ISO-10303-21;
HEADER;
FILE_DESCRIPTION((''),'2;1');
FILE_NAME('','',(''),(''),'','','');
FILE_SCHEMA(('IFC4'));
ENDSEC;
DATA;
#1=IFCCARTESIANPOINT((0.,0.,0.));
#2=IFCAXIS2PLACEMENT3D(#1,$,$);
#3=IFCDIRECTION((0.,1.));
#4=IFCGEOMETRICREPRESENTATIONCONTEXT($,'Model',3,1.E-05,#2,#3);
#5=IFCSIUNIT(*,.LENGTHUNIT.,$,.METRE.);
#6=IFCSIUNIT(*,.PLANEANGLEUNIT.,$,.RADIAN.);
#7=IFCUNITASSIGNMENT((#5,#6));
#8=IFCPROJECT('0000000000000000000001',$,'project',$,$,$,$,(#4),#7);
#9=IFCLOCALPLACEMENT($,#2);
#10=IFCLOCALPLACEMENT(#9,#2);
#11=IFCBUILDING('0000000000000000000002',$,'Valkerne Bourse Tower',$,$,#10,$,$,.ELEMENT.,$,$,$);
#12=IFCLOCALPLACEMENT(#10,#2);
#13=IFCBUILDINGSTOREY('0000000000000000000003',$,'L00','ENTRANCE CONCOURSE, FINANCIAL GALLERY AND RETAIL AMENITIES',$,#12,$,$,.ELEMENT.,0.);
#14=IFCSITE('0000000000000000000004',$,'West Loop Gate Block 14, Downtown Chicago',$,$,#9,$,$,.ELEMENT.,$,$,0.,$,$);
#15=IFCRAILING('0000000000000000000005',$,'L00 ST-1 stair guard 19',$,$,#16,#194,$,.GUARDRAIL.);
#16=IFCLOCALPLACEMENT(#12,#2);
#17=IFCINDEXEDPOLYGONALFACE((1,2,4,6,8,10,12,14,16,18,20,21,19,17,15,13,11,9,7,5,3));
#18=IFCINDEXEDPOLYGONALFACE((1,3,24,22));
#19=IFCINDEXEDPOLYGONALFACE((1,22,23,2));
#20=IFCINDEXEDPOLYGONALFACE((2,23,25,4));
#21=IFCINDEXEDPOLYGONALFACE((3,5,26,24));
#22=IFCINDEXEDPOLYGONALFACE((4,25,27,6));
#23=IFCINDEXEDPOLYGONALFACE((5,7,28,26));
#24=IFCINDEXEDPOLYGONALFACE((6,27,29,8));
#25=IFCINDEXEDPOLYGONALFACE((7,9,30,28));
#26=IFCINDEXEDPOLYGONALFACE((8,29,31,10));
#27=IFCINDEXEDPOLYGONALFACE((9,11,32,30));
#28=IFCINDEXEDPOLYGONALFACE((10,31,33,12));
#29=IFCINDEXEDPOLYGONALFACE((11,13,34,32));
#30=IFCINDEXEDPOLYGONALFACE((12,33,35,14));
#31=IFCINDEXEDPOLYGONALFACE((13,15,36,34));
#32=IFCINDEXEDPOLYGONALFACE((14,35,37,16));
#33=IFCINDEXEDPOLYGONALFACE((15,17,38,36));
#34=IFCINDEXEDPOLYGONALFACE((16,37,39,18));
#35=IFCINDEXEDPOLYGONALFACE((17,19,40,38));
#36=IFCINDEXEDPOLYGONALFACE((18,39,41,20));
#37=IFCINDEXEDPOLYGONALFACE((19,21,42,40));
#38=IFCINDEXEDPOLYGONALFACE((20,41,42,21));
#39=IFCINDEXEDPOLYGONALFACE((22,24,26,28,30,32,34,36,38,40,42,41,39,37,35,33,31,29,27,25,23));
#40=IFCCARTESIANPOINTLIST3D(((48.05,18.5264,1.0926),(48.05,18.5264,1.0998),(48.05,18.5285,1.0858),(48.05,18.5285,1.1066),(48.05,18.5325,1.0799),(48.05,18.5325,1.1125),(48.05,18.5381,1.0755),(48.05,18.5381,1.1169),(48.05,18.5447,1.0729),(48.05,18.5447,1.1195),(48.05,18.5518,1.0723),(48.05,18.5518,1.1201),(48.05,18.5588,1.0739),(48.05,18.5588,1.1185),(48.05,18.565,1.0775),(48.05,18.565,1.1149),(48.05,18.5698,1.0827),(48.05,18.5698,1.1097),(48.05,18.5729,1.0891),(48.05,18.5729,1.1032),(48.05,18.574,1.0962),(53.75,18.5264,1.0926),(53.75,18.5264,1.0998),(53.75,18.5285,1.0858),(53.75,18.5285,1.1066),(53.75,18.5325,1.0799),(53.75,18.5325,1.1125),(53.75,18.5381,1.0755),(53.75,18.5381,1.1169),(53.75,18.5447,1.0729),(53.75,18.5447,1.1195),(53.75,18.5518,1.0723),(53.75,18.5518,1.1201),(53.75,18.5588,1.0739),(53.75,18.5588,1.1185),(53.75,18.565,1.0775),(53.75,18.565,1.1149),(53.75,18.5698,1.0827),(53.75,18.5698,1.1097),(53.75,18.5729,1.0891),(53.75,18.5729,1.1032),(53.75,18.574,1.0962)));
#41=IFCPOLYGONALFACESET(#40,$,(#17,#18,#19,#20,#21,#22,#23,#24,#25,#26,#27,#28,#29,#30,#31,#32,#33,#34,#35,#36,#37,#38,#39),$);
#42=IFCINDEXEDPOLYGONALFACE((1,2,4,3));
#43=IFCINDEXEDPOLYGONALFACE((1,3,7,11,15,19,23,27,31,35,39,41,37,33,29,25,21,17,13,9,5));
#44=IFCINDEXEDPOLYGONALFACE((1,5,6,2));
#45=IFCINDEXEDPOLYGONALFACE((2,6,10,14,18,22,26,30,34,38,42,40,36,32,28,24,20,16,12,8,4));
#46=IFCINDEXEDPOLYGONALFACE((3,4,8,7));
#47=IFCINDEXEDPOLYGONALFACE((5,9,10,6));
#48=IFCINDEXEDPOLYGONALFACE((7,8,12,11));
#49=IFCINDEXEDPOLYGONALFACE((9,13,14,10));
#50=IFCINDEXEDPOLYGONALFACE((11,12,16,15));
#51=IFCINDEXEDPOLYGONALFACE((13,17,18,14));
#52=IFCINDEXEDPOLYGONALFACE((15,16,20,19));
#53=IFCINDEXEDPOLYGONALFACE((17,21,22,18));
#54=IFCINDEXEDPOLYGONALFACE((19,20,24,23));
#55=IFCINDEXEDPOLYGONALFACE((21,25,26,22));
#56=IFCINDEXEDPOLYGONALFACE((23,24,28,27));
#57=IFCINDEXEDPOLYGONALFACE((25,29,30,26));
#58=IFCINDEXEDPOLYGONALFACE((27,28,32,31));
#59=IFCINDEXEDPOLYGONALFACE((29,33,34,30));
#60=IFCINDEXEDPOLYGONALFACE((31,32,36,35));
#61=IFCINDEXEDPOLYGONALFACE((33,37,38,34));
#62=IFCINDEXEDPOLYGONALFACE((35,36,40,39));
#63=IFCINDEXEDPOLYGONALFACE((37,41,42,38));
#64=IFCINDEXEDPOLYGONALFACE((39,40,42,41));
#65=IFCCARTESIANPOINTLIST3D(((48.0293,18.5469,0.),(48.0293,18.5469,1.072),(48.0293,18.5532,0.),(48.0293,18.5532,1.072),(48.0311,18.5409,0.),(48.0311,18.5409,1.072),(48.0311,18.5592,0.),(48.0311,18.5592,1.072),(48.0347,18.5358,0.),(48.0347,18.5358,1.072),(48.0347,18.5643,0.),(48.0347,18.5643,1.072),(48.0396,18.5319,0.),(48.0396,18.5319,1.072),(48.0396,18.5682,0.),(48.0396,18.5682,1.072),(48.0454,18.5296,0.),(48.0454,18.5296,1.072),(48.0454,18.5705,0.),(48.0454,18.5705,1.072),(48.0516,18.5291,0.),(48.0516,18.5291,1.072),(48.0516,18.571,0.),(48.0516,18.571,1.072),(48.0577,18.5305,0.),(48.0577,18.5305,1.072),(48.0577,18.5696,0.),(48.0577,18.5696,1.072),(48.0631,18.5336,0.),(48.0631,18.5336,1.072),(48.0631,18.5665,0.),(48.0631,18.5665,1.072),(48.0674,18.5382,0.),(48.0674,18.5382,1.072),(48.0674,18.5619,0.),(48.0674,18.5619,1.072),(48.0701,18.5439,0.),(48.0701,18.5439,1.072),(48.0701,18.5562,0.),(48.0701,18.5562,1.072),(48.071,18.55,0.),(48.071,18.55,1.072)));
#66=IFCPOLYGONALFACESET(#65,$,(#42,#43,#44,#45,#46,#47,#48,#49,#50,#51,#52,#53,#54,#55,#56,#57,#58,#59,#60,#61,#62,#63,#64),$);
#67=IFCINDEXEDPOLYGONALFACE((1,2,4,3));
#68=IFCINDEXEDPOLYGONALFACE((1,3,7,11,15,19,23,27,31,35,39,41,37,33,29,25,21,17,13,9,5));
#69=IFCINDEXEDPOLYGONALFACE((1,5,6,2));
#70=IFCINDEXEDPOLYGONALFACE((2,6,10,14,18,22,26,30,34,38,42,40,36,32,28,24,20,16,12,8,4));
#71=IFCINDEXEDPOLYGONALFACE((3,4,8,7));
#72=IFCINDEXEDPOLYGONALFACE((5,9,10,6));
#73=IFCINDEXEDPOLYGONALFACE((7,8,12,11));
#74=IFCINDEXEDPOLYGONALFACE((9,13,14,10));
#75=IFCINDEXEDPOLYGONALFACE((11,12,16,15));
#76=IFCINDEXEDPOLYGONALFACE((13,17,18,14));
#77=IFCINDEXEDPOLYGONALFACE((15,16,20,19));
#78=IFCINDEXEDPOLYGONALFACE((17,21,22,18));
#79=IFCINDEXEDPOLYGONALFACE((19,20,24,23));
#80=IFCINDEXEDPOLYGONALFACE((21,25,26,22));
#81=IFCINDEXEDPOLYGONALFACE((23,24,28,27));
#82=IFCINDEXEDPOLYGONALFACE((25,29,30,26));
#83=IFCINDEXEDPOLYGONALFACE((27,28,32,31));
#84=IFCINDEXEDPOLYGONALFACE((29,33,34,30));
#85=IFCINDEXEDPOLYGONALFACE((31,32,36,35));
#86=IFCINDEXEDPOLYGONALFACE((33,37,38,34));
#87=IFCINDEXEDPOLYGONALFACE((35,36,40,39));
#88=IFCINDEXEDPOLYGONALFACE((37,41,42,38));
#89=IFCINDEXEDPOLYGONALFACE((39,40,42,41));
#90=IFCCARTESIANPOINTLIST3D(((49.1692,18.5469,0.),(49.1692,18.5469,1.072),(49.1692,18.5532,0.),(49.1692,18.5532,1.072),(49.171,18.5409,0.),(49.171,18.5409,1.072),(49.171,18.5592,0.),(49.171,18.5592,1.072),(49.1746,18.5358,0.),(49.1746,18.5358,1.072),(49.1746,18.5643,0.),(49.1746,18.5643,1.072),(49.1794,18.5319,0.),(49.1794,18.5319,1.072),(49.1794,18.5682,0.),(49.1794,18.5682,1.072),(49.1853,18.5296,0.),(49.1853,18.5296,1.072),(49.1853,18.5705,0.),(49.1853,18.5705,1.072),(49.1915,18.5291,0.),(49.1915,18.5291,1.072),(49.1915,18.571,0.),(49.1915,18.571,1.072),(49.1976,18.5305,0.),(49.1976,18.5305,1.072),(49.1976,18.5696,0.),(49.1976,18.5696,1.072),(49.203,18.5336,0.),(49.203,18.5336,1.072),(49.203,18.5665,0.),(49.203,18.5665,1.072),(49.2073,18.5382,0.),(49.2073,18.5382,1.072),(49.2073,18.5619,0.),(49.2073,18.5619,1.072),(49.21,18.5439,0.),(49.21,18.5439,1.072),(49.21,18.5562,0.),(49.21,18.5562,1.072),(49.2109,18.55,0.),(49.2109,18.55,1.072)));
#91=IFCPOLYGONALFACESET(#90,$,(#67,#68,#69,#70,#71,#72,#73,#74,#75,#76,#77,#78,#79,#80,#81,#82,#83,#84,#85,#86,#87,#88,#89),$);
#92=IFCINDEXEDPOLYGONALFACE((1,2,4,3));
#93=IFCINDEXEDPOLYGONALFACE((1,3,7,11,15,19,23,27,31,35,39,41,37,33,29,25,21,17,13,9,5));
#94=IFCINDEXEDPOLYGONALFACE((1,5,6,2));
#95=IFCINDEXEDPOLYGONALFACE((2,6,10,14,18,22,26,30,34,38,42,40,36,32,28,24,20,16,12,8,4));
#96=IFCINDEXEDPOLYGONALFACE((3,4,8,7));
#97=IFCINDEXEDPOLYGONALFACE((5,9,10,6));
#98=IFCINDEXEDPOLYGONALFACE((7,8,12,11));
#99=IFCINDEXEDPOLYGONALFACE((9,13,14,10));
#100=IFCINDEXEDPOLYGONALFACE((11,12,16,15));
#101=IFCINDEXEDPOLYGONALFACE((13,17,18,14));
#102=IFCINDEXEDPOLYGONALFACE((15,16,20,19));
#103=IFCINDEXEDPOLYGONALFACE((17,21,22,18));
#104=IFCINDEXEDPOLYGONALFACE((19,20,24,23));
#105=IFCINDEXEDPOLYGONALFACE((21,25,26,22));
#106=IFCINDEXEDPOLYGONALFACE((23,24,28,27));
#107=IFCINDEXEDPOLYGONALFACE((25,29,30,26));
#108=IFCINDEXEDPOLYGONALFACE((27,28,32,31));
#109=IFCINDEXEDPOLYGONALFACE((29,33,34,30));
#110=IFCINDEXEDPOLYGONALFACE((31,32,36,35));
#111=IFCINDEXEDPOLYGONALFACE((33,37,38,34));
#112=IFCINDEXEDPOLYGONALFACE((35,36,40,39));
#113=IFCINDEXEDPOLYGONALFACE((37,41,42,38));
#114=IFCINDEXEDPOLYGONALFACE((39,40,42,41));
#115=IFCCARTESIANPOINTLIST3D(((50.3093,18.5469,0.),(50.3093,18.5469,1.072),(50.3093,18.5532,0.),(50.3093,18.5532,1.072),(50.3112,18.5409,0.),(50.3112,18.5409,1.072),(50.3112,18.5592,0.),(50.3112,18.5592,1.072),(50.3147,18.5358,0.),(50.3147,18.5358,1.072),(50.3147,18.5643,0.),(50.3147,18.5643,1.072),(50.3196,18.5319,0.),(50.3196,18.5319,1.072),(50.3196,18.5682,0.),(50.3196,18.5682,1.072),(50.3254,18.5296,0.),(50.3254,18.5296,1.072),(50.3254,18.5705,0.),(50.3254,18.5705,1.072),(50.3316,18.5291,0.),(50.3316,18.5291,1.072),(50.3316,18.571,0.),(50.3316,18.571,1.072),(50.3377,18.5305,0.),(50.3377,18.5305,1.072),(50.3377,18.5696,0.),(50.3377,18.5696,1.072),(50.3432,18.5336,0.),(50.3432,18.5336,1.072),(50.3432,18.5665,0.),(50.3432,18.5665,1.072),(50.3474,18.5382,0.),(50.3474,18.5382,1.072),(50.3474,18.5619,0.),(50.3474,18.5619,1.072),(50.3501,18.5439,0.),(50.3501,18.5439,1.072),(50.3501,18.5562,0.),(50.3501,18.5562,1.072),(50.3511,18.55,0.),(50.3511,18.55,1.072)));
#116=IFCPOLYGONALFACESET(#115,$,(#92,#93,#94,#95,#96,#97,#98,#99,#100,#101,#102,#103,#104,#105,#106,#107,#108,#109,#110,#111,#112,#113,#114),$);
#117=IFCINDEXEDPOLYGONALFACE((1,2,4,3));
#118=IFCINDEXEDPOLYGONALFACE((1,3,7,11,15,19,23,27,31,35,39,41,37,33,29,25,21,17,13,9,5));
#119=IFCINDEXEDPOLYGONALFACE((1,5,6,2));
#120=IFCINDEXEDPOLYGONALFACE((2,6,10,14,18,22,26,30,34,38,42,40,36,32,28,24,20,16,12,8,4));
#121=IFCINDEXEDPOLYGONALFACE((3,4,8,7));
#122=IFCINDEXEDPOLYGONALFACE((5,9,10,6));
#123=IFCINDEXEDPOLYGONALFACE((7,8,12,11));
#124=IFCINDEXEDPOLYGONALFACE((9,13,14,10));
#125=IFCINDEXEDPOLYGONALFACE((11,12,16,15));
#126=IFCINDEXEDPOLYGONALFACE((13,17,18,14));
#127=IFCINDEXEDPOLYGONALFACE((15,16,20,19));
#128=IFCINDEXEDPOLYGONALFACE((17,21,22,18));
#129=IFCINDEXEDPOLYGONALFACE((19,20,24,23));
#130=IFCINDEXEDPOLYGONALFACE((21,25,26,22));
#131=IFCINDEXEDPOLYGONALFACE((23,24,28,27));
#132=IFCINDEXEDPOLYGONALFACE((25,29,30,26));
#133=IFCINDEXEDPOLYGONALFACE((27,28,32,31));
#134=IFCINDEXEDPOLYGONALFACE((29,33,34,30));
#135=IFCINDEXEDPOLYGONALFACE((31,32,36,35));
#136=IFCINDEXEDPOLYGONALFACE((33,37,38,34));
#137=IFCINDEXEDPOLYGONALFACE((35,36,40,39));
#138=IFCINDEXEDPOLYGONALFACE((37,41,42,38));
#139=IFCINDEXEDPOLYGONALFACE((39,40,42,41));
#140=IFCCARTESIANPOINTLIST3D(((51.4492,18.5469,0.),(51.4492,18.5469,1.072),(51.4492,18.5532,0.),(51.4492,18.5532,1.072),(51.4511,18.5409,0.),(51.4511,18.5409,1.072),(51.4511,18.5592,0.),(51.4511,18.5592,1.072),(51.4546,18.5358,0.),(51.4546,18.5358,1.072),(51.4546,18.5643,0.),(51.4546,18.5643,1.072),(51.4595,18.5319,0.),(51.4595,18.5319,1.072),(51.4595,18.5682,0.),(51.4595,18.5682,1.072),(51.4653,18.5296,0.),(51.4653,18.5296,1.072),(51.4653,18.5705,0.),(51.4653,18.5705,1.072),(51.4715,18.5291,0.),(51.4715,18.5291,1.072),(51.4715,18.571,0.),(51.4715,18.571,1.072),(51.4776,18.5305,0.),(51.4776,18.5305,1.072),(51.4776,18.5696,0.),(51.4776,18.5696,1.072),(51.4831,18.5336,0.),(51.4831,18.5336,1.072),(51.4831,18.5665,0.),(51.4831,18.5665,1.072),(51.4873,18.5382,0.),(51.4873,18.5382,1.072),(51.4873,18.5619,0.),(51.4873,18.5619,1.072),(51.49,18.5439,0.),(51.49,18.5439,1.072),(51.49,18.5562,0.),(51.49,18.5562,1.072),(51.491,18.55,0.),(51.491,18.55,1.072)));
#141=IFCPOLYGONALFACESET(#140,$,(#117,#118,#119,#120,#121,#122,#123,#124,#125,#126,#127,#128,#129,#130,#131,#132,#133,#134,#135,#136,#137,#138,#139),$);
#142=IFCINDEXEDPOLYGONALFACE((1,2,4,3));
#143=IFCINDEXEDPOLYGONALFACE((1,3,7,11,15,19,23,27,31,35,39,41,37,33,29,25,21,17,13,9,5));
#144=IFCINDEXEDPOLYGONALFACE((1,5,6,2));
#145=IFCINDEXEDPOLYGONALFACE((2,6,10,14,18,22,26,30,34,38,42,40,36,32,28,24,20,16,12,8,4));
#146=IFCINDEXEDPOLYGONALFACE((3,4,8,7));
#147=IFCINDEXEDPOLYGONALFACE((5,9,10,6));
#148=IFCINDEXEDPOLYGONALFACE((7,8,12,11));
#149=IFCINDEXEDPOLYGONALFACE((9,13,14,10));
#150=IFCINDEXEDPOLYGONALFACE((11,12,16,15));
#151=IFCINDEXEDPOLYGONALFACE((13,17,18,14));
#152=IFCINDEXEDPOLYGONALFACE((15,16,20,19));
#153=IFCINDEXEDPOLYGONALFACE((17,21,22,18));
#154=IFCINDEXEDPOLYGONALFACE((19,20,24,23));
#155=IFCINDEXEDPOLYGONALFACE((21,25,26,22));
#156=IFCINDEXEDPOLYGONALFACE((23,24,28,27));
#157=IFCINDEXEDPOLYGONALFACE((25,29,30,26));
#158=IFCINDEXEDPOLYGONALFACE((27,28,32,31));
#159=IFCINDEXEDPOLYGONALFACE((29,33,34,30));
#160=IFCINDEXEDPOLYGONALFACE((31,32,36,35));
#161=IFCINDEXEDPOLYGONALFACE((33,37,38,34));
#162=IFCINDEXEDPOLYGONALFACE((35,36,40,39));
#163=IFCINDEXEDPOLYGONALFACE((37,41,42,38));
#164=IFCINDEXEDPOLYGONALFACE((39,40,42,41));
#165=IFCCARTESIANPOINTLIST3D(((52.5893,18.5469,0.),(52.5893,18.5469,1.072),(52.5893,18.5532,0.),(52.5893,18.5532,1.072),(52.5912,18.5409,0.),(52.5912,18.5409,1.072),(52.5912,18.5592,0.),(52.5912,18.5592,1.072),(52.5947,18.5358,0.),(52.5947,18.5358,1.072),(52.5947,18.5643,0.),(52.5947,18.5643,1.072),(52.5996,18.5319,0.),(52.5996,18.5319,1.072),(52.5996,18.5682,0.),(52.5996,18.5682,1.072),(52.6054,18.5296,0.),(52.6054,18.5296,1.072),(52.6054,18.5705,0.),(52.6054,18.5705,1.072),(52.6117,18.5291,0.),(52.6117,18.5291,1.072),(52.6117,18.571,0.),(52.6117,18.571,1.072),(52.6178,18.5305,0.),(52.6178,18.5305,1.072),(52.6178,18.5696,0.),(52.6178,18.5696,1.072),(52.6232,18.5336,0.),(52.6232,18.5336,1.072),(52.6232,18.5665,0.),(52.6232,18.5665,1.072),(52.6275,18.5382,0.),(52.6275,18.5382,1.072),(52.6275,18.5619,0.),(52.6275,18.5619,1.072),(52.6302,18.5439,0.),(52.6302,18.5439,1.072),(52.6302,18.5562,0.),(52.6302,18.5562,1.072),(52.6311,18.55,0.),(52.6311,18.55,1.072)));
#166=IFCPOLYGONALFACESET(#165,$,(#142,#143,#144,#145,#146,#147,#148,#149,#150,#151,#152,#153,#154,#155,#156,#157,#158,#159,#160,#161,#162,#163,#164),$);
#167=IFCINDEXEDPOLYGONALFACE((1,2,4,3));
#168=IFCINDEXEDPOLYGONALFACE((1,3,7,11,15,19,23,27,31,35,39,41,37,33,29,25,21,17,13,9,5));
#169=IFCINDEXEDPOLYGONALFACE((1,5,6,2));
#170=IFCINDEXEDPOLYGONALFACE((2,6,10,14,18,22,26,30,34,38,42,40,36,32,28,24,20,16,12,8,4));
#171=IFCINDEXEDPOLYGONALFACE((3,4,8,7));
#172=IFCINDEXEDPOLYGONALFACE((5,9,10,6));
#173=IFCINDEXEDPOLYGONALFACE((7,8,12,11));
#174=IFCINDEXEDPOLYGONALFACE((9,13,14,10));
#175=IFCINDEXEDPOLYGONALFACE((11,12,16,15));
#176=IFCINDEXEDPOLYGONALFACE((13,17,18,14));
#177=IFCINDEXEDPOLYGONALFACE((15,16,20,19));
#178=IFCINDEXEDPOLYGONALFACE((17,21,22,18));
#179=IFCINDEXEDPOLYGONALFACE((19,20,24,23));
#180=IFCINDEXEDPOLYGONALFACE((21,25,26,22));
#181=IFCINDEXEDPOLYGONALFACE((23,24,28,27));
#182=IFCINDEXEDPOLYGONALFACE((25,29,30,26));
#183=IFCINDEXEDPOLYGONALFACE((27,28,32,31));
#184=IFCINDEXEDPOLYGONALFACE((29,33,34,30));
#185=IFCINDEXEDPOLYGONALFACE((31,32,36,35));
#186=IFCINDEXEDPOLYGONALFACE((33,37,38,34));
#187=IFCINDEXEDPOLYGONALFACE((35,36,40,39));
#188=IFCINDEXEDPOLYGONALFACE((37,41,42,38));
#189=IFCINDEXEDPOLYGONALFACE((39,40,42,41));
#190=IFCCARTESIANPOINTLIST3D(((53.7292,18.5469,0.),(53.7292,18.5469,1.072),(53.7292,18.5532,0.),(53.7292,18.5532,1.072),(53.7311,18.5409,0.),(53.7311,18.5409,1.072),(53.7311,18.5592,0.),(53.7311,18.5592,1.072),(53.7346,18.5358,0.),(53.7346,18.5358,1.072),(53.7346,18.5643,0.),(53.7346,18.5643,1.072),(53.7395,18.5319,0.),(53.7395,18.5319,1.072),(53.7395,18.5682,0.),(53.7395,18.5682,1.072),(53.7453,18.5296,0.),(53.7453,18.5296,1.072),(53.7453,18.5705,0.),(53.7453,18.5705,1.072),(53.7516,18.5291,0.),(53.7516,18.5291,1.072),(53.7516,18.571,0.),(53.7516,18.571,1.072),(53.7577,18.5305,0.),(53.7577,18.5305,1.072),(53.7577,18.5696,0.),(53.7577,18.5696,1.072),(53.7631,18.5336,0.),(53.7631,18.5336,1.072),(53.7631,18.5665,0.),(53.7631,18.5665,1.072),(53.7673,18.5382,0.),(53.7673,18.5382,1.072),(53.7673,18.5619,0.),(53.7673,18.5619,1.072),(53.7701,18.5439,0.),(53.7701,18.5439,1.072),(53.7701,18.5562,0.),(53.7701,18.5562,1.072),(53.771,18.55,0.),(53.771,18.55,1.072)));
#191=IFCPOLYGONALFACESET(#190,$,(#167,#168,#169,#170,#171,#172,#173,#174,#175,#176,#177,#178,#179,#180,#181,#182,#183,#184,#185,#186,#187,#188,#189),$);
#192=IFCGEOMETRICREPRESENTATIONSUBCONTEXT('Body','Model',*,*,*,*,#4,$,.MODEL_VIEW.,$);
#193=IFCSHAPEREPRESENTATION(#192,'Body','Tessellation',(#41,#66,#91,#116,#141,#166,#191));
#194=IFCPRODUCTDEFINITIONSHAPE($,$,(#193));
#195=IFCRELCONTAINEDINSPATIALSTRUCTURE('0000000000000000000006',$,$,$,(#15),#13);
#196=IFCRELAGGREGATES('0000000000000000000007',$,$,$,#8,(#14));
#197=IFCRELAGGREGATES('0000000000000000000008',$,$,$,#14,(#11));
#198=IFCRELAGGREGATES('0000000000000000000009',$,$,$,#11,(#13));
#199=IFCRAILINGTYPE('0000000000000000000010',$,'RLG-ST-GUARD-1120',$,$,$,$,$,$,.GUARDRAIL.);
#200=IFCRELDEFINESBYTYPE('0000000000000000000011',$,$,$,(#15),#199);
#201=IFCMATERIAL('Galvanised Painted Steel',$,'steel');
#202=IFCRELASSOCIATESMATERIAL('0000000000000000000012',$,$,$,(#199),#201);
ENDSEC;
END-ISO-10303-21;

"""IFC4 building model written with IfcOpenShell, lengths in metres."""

from ifc_helpers import new_model, si_unit, direction, frame, origin, origin_2d, place, context, subcontext, project, spatial, circle, extrude, material, type_object, element, save


model = new_model("IFC4")

# Units and contexts
model_context = context("Model", 3, precision=1e-05, world=origin(), true_north=direction((0.0, 1.0)))
body_context = subcontext(model_context, "Body", "Model", "MODEL_VIEW")
ifc_project = project(units=[si_unit("LENGTHUNIT", "METRE"), si_unit("PLANEANGLEUNIT", "RADIAN")], contexts=[model_context])

# Site, building, storey
site_placement = place(None, origin())
site = spatial("IfcSite", under=ifc_project, at=site_placement, Name="West Loop Gate Block 14, Downtown Chicago", CompositionType="ELEMENT", RefElevation=0.0)
building_placement = place(site_placement, origin())
building = spatial("IfcBuilding", under=site, at=building_placement, Name="Valkerne Bourse Tower", CompositionType="ELEMENT")
storey_placement = place(building_placement, origin())
storey = spatial("IfcBuildingStorey", under=building, at=storey_placement, Name="L00", Description="ENTRANCE CONCOURSE, FINANCIAL GALLERY AND RETAIL AMENITIES", CompositionType="ELEMENT", Elevation=0.0)

# Railing
ifc_material_1 = material(Name="Galvanised Painted Steel", Category="steel")
railing_type_1 = type_object("IfcRailingType", Name="RLG-ST-GUARD-1120", PredefinedType="GUARDRAIL", material=ifc_material_1)
railing_1_placement = place(storey_placement, frame((48.05, 18.55, 0.0)))
element("IfcRailing", 1, at=railing_1_placement, inside=storey, type_object=railing_type_1, Name="L00 ST-1 stair guard 19", PredefinedType="GUARDRAIL", context=body_context, shape_type="SweptSolid", body=[
    extrude(circle(Radius=0.0239, at=origin_2d()), frame((0.0, 0.0, 1.0962), z_axis=(1.0, 0.0, 0.0), x_axis=(0.0, 1.0, 0.0)), (0.0, 0.0, 1.0), 5.7),
    extrude(circle(Radius=0.021, at=origin_2d()), origin(), (0.0, 0.0, 1.0), 1.072),
    extrude(circle(Radius=0.021, at=origin_2d()), frame((1.1399, 0.0, 0.0)), (0.0, 0.0, 1.0), 1.072),
    extrude(circle(Radius=0.021, at=origin_2d()), frame((2.28, 0.0, 0.0)), (0.0, 0.0, 1.0), 1.072),
    extrude(circle(Radius=0.021, at=origin_2d()), frame((3.4199, 0.0, 0.0)), (0.0, 0.0, 1.0), 1.072),
    extrude(circle(Radius=0.021, at=origin_2d()), frame((4.5601, 0.0, 0.0)), (0.0, 0.0, 1.0), 1.072),
    extrude(circle(Radius=0.021, at=origin_2d()), frame((5.7, 0.0, 0.0)), (0.0, 0.0, 1.0), 1.072),
])

save(model, "model.ifc")
